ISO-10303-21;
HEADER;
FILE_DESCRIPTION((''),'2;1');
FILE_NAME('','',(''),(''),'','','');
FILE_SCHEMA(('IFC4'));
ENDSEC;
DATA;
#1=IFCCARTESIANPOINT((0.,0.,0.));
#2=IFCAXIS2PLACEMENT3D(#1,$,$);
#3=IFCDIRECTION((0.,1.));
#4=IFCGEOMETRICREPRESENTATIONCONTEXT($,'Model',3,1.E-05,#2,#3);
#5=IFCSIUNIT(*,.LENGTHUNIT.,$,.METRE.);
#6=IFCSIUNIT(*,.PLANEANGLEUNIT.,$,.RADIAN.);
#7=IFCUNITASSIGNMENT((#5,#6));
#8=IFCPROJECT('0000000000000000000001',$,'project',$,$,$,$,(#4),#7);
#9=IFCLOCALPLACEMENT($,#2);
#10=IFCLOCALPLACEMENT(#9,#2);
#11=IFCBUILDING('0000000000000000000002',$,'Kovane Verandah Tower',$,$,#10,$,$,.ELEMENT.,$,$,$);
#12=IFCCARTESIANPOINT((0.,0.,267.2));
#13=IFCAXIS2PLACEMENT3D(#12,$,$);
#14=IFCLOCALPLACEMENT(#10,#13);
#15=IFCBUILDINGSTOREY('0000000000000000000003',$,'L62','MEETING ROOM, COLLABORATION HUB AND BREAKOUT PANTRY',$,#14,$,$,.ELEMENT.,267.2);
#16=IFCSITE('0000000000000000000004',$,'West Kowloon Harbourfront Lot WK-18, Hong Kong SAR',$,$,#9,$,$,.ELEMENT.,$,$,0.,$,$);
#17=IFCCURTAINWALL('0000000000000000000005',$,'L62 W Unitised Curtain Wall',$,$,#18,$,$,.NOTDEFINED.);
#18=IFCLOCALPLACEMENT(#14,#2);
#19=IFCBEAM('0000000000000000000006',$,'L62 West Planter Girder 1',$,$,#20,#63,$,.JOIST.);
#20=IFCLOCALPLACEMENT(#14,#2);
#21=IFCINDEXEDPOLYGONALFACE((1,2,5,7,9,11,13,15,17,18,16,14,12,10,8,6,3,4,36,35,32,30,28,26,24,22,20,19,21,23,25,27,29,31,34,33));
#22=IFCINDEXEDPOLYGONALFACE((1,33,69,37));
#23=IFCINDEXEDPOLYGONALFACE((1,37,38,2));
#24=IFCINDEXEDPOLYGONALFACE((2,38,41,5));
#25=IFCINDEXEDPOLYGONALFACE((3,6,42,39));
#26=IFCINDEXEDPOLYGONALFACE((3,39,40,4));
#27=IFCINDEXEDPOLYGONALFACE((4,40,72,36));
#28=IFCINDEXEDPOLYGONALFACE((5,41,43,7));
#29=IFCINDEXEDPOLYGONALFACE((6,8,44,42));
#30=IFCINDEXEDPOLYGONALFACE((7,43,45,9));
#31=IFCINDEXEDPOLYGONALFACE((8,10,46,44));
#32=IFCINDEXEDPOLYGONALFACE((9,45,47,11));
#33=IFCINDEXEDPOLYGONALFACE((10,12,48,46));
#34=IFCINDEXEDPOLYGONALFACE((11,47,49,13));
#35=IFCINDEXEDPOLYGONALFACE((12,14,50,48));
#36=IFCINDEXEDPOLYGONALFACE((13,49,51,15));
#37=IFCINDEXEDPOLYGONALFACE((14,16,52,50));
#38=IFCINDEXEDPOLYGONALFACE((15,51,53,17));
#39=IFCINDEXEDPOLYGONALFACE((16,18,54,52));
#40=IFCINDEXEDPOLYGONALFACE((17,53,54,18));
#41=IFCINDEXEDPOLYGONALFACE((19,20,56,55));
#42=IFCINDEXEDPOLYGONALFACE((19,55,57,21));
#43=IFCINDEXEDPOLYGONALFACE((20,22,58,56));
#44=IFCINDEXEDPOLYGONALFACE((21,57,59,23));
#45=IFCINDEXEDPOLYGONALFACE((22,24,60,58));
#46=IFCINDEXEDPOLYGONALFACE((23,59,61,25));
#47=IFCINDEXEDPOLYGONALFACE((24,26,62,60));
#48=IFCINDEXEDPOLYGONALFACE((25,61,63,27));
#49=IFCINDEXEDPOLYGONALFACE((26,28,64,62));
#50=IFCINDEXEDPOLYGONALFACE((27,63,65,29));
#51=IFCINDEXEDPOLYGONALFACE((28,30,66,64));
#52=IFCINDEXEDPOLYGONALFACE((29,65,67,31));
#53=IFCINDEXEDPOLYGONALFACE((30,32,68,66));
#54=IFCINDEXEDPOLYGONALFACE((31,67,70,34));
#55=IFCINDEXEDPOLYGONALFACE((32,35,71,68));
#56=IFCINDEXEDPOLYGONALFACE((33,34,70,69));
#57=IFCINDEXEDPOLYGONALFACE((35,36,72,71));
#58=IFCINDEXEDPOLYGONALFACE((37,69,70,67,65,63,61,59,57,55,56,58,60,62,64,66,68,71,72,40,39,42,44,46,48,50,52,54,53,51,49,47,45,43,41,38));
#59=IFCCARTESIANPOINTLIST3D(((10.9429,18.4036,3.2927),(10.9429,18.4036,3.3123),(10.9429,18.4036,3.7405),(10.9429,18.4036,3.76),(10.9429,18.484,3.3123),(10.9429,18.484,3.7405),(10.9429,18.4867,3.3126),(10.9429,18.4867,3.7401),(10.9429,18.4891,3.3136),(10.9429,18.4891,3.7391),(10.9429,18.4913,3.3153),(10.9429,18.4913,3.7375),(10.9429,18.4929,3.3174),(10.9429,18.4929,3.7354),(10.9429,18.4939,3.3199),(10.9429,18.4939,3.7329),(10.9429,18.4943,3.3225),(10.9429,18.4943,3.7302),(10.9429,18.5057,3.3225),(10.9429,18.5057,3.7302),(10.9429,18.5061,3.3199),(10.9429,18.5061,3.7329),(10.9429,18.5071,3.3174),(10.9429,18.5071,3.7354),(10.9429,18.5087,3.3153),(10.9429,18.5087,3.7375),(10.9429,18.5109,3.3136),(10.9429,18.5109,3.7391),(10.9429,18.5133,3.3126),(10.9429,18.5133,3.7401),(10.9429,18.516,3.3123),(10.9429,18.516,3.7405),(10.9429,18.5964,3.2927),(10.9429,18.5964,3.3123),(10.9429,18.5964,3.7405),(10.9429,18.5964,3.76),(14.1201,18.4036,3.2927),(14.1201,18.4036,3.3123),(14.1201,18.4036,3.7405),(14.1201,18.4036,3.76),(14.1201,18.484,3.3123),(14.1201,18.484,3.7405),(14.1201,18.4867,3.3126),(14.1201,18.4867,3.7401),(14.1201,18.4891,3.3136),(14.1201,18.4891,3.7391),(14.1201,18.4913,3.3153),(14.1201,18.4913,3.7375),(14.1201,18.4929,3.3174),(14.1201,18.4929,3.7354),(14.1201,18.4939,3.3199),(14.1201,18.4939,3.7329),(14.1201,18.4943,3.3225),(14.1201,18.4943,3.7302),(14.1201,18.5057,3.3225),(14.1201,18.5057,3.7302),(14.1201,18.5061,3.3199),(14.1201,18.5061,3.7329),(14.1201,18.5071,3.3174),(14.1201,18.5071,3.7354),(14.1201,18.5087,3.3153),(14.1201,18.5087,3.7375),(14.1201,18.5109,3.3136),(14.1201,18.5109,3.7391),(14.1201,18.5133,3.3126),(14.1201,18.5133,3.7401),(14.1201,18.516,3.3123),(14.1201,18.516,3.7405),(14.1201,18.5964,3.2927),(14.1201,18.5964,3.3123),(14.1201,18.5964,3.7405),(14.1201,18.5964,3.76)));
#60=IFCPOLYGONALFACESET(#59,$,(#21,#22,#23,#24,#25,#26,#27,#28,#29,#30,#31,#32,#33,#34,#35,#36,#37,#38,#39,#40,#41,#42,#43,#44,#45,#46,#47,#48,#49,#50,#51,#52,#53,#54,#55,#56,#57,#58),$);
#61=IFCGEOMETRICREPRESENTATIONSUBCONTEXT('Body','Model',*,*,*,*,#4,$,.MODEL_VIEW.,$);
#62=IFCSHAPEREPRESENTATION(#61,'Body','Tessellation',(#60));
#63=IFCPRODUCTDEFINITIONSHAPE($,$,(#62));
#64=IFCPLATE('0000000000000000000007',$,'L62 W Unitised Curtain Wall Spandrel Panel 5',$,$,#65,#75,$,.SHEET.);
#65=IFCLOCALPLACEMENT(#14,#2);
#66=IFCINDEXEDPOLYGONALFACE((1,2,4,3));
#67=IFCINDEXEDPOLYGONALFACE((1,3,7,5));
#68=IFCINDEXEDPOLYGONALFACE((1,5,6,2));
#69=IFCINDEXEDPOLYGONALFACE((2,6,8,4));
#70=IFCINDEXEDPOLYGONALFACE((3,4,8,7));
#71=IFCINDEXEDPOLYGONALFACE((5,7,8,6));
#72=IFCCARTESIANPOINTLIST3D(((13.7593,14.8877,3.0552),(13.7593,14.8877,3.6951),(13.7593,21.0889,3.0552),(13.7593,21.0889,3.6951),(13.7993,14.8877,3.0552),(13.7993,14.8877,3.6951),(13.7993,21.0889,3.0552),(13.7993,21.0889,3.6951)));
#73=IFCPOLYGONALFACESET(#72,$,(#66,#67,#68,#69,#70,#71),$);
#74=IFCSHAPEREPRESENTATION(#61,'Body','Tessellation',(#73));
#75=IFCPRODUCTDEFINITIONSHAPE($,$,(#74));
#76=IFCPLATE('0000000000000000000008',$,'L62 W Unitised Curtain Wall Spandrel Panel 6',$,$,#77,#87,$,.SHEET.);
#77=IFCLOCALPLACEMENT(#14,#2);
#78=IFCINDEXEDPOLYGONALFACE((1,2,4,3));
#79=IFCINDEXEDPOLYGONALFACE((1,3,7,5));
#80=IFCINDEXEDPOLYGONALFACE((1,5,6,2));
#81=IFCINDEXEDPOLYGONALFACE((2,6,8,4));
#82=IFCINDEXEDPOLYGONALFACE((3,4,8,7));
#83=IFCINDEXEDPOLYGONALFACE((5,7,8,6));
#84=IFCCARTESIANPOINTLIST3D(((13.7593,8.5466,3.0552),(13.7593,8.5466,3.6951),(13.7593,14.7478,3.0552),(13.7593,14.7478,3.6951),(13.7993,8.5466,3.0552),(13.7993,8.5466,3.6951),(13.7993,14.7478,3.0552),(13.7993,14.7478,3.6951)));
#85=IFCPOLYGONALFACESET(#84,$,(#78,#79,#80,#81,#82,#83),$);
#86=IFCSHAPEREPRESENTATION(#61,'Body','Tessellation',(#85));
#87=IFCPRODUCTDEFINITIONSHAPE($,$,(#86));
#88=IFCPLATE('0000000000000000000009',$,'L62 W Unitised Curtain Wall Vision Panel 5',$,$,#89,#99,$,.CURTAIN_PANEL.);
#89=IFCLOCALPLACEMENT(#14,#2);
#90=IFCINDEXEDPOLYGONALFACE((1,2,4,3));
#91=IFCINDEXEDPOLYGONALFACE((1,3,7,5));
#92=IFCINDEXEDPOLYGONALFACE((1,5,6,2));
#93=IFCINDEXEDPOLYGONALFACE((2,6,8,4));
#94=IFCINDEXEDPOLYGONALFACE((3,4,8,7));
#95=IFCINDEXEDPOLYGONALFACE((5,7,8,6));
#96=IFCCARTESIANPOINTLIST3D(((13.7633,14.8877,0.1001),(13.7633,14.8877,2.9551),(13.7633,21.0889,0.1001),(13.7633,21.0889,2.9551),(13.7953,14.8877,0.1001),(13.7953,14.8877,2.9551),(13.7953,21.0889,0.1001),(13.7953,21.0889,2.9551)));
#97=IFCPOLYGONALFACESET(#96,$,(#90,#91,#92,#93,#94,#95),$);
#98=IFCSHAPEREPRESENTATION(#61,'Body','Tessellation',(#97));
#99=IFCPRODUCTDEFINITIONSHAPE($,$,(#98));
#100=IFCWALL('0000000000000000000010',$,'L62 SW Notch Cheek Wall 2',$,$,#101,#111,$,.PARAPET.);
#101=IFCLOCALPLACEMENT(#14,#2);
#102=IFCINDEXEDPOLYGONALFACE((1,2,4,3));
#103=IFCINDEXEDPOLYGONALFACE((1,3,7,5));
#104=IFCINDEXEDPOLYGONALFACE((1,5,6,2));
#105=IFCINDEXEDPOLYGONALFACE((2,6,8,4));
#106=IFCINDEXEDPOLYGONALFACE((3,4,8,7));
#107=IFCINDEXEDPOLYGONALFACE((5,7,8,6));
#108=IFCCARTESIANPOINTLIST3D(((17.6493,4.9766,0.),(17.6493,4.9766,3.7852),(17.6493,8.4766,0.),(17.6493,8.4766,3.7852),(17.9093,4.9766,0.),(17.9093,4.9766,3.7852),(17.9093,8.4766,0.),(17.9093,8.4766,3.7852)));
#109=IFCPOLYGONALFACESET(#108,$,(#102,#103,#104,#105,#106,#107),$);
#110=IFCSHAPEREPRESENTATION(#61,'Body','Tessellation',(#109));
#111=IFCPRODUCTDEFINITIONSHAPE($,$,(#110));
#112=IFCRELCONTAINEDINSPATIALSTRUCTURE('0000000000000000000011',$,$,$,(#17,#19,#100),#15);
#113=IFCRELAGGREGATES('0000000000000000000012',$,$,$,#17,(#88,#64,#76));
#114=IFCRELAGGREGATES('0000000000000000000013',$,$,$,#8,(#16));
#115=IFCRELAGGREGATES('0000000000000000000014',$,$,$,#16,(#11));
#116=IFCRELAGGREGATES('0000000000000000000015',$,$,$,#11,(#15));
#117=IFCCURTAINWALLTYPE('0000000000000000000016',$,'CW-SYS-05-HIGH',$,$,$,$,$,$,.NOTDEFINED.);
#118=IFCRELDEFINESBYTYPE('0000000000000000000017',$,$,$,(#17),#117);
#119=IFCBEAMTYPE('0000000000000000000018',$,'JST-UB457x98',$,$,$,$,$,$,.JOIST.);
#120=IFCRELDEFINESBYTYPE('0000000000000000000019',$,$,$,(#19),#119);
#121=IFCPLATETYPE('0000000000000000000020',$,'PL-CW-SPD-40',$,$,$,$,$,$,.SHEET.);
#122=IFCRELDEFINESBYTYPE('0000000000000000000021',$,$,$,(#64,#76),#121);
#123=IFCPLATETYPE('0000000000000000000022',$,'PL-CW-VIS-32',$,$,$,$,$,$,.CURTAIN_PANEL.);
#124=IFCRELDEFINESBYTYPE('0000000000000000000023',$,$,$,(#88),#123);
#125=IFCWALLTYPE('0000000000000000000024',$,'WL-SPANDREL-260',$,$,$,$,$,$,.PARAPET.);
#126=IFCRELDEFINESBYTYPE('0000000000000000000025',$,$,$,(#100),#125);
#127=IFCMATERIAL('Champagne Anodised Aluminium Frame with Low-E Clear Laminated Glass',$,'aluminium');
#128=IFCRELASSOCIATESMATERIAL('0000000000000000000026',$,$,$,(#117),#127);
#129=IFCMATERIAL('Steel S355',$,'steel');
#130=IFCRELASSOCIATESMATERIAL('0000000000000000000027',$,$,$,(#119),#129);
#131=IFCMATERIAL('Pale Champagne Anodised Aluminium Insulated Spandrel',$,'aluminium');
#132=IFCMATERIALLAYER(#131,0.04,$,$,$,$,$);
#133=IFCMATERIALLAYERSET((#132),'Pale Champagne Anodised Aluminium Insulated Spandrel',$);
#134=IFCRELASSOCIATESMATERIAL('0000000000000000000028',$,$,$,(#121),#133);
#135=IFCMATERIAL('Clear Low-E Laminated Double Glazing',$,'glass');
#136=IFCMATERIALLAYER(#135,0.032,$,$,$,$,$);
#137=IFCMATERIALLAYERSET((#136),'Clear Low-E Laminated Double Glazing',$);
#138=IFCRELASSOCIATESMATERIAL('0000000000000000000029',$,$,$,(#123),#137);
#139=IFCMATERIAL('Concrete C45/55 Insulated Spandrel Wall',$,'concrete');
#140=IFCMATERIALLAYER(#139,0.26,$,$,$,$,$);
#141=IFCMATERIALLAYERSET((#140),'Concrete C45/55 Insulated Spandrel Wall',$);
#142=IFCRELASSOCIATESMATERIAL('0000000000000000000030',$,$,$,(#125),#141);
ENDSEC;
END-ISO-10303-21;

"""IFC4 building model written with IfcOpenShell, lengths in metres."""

from ifc_helpers import new_model, si_unit, direction, frame, frame_2d, origin, origin_2d, place, context, subcontext, project, spatial, rectangle, i_section, extrude, material, layer, layer_set, material_profile, profile_set, type_object, element, aggregate, save


model = new_model("IFC4")

# Units and contexts
model_context = context("Model", 3, precision=1e-05, world=origin(), true_north=direction((0.0, 1.0)))
body_context = subcontext(model_context, "Body", "Model", "MODEL_VIEW")
ifc_project = project(units=[si_unit("LENGTHUNIT", "METRE"), si_unit("PLANEANGLEUNIT", "RADIAN")], contexts=[model_context])

# Site, building, storey
site_placement = place(None, origin())
site = spatial("IfcSite", under=ifc_project, at=site_placement, Name="West Kowloon Harbourfront Lot WK-18, Hong Kong SAR", CompositionType="ELEMENT", RefElevation=0.0)
building_placement = place(site_placement, origin())
building = spatial("IfcBuilding", under=site, at=building_placement, Name="Kovane Verandah Tower", CompositionType="ELEMENT")
storey_placement = place(building_placement, frame((0.0, 0.0, 267.2)))
storey = spatial("IfcBuildingStorey", under=building, at=storey_placement, Name="L62", Description="MEETING ROOM, COLLABORATION HUB AND BREAKOUT PANTRY", CompositionType="ELEMENT", Elevation=267.2)

# Shared definitions
ifc_material_1 = material(Name="Steel S355", Category="steel")

# Curtain wall
ifc_material_2 = material(Name="Champagne Anodised Aluminium Frame with Low-E Clear Laminated Glass", Category="aluminium")
curtain_wall_type = type_object("IfcCurtainWallType", Name="CW-SYS-05-HIGH", PredefinedType="NOTDEFINED", material=ifc_material_2)
curtain_wall_placement = place(storey_placement, origin())
curtain_wall = element("IfcCurtainWall", 1, at=curtain_wall_placement, inside=storey, type_object=curtain_wall_type, Name="L62 W Unitised Curtain Wall", PredefinedType="NOTDEFINED")

# Beam
ifc_material_profile_1 = material_profile(ifc_material_1, i_section(OverallWidth=0.1929, OverallDepth=0.4673, WebThickness=0.0115, FlangeThickness=0.0195, FilletRadius=0.0103, at=origin_2d()), Name="UB457x191x98")
ifc_profile_set_1 = profile_set([ifc_material_profile_1], Name="Steel S355")
beam_type_1 = type_object("IfcBeamType", Name="JST-UB457x98", PredefinedType="JOIST", material=ifc_profile_set_1)
beam_1_placement = place(storey_placement, frame((14.1201, 18.5, 3.5264), z_axis=(-1.0, 0.0, 0.0), x_axis=(0.0, -1.0, 0.0)))
element("IfcBeam", 2, at=beam_1_placement, inside=storey, type_object=beam_type_1, Name="L62 West Planter Girder 1", PredefinedType="JOIST", context=body_context, shape_type="SweptSolid", body=[
    extrude(i_section(OverallWidth=0.1929, OverallDepth=0.4673, WebThickness=0.0115, FlangeThickness=0.0195, FilletRadius=0.0103, at=origin_2d()), origin(), (0.0, 0.0, 1.0), 3.1772),
])

# Plates
ifc_material_3 = material(Name="Pale Champagne Anodised Aluminium Insulated Spandrel", Category="aluminium")
ifc_layer_1 = layer(ifc_material_3, 0.04)
ifc_layer_set_1 = layer_set([ifc_layer_1], Name="Pale Champagne Anodised Aluminium Insulated Spandrel")
plate_type_1 = type_object("IfcPlateType", Name="PL-CW-SPD-40", PredefinedType="SHEET", material=ifc_layer_set_1)
plate_1_placement = place(storey_placement, frame((13.7793, 17.9883, 3.0552), z_axis=(0.0, 0.0, 1.0), x_axis=(0.0, -1.0, 0.0)))
plate_1 = element("IfcPlate", 3, at=plate_1_placement, type_object=plate_type_1, Name="L62 W Unitised Curtain Wall Spandrel Panel 5", PredefinedType="SHEET", context=body_context, shape_type="SweptSolid", body=[
    extrude(rectangle(XDim=6.2012, YDim=0.04, at=origin_2d()), origin(), (0.0, 0.0, 1.0), 0.6399),
])
plate_2_placement = place(storey_placement, frame((13.7793, 11.6472, 3.0552), z_axis=(0.0, 0.0, 1.0), x_axis=(0.0, -1.0, 0.0)))
plate_2 = element("IfcPlate", 4, at=plate_2_placement, type_object=plate_type_1, Name="L62 W Unitised Curtain Wall Spandrel Panel 6", PredefinedType="SHEET", context=body_context, shape_type="SweptSolid", body=[
    extrude(rectangle(XDim=6.2012, YDim=0.04, at=origin_2d()), origin(), (0.0, 0.0, 1.0), 0.6399),
])
ifc_material_4 = material(Name="Clear Low-E Laminated Double Glazing", Category="glass")
ifc_layer_2 = layer(ifc_material_4, 0.032)
ifc_layer_set_2 = layer_set([ifc_layer_2], Name="Clear Low-E Laminated Double Glazing")
plate_type_2 = type_object("IfcPlateType", Name="PL-CW-VIS-32", PredefinedType="CURTAIN_PANEL", material=ifc_layer_set_2)
plate_3_placement = place(storey_placement, frame((13.7793, 17.9883, 0.1001), z_axis=(0.0, 0.0, 1.0), x_axis=(0.0, -1.0, 0.0)))
plate_3 = element("IfcPlate", 5, at=plate_3_placement, type_object=plate_type_2, Name="L62 W Unitised Curtain Wall Vision Panel 5", PredefinedType="CURTAIN_PANEL", context=body_context, shape_type="SweptSolid", body=[
    extrude(rectangle(XDim=6.2012, YDim=0.032, at=origin_2d()), origin(), (0.0, 0.0, 1.0), 2.855),
])
aggregate(curtain_wall, [plate_3, plate_1, plate_2])

# Shared definitions
ifc_material_5 = material(Name="Concrete C45/55 Insulated Spandrel Wall", Category="concrete")
ifc_layer_3 = layer(ifc_material_5, 0.26)
ifc_layer_set_3 = layer_set([ifc_layer_3], Name="Concrete C45/55 Insulated Spandrel Wall")
wall_type = type_object("IfcWallType", Name="WL-SPANDREL-260", PredefinedType="PARAPET", material=ifc_layer_set_3)

# Wall
wall_1_placement = place(storey_placement, frame((17.7793, 8.4766, 0.0), z_axis=(0.0, 0.0, 1.0), x_axis=(0.0, -1.0, 0.0)))
element("IfcWall", 6, at=wall_1_placement, inside=storey, type_object=wall_type, Name="L62 SW Notch Cheek Wall 2", PredefinedType="PARAPET", context=body_context, shape_type="SweptSolid", body=[
    extrude(rectangle(XDim=3.5, YDim=0.26, at=frame_2d((1.75, 0.0))), origin(), (0.0, 0.0, 1.0), 3.7852),
])

save(model, "model.ifc")
